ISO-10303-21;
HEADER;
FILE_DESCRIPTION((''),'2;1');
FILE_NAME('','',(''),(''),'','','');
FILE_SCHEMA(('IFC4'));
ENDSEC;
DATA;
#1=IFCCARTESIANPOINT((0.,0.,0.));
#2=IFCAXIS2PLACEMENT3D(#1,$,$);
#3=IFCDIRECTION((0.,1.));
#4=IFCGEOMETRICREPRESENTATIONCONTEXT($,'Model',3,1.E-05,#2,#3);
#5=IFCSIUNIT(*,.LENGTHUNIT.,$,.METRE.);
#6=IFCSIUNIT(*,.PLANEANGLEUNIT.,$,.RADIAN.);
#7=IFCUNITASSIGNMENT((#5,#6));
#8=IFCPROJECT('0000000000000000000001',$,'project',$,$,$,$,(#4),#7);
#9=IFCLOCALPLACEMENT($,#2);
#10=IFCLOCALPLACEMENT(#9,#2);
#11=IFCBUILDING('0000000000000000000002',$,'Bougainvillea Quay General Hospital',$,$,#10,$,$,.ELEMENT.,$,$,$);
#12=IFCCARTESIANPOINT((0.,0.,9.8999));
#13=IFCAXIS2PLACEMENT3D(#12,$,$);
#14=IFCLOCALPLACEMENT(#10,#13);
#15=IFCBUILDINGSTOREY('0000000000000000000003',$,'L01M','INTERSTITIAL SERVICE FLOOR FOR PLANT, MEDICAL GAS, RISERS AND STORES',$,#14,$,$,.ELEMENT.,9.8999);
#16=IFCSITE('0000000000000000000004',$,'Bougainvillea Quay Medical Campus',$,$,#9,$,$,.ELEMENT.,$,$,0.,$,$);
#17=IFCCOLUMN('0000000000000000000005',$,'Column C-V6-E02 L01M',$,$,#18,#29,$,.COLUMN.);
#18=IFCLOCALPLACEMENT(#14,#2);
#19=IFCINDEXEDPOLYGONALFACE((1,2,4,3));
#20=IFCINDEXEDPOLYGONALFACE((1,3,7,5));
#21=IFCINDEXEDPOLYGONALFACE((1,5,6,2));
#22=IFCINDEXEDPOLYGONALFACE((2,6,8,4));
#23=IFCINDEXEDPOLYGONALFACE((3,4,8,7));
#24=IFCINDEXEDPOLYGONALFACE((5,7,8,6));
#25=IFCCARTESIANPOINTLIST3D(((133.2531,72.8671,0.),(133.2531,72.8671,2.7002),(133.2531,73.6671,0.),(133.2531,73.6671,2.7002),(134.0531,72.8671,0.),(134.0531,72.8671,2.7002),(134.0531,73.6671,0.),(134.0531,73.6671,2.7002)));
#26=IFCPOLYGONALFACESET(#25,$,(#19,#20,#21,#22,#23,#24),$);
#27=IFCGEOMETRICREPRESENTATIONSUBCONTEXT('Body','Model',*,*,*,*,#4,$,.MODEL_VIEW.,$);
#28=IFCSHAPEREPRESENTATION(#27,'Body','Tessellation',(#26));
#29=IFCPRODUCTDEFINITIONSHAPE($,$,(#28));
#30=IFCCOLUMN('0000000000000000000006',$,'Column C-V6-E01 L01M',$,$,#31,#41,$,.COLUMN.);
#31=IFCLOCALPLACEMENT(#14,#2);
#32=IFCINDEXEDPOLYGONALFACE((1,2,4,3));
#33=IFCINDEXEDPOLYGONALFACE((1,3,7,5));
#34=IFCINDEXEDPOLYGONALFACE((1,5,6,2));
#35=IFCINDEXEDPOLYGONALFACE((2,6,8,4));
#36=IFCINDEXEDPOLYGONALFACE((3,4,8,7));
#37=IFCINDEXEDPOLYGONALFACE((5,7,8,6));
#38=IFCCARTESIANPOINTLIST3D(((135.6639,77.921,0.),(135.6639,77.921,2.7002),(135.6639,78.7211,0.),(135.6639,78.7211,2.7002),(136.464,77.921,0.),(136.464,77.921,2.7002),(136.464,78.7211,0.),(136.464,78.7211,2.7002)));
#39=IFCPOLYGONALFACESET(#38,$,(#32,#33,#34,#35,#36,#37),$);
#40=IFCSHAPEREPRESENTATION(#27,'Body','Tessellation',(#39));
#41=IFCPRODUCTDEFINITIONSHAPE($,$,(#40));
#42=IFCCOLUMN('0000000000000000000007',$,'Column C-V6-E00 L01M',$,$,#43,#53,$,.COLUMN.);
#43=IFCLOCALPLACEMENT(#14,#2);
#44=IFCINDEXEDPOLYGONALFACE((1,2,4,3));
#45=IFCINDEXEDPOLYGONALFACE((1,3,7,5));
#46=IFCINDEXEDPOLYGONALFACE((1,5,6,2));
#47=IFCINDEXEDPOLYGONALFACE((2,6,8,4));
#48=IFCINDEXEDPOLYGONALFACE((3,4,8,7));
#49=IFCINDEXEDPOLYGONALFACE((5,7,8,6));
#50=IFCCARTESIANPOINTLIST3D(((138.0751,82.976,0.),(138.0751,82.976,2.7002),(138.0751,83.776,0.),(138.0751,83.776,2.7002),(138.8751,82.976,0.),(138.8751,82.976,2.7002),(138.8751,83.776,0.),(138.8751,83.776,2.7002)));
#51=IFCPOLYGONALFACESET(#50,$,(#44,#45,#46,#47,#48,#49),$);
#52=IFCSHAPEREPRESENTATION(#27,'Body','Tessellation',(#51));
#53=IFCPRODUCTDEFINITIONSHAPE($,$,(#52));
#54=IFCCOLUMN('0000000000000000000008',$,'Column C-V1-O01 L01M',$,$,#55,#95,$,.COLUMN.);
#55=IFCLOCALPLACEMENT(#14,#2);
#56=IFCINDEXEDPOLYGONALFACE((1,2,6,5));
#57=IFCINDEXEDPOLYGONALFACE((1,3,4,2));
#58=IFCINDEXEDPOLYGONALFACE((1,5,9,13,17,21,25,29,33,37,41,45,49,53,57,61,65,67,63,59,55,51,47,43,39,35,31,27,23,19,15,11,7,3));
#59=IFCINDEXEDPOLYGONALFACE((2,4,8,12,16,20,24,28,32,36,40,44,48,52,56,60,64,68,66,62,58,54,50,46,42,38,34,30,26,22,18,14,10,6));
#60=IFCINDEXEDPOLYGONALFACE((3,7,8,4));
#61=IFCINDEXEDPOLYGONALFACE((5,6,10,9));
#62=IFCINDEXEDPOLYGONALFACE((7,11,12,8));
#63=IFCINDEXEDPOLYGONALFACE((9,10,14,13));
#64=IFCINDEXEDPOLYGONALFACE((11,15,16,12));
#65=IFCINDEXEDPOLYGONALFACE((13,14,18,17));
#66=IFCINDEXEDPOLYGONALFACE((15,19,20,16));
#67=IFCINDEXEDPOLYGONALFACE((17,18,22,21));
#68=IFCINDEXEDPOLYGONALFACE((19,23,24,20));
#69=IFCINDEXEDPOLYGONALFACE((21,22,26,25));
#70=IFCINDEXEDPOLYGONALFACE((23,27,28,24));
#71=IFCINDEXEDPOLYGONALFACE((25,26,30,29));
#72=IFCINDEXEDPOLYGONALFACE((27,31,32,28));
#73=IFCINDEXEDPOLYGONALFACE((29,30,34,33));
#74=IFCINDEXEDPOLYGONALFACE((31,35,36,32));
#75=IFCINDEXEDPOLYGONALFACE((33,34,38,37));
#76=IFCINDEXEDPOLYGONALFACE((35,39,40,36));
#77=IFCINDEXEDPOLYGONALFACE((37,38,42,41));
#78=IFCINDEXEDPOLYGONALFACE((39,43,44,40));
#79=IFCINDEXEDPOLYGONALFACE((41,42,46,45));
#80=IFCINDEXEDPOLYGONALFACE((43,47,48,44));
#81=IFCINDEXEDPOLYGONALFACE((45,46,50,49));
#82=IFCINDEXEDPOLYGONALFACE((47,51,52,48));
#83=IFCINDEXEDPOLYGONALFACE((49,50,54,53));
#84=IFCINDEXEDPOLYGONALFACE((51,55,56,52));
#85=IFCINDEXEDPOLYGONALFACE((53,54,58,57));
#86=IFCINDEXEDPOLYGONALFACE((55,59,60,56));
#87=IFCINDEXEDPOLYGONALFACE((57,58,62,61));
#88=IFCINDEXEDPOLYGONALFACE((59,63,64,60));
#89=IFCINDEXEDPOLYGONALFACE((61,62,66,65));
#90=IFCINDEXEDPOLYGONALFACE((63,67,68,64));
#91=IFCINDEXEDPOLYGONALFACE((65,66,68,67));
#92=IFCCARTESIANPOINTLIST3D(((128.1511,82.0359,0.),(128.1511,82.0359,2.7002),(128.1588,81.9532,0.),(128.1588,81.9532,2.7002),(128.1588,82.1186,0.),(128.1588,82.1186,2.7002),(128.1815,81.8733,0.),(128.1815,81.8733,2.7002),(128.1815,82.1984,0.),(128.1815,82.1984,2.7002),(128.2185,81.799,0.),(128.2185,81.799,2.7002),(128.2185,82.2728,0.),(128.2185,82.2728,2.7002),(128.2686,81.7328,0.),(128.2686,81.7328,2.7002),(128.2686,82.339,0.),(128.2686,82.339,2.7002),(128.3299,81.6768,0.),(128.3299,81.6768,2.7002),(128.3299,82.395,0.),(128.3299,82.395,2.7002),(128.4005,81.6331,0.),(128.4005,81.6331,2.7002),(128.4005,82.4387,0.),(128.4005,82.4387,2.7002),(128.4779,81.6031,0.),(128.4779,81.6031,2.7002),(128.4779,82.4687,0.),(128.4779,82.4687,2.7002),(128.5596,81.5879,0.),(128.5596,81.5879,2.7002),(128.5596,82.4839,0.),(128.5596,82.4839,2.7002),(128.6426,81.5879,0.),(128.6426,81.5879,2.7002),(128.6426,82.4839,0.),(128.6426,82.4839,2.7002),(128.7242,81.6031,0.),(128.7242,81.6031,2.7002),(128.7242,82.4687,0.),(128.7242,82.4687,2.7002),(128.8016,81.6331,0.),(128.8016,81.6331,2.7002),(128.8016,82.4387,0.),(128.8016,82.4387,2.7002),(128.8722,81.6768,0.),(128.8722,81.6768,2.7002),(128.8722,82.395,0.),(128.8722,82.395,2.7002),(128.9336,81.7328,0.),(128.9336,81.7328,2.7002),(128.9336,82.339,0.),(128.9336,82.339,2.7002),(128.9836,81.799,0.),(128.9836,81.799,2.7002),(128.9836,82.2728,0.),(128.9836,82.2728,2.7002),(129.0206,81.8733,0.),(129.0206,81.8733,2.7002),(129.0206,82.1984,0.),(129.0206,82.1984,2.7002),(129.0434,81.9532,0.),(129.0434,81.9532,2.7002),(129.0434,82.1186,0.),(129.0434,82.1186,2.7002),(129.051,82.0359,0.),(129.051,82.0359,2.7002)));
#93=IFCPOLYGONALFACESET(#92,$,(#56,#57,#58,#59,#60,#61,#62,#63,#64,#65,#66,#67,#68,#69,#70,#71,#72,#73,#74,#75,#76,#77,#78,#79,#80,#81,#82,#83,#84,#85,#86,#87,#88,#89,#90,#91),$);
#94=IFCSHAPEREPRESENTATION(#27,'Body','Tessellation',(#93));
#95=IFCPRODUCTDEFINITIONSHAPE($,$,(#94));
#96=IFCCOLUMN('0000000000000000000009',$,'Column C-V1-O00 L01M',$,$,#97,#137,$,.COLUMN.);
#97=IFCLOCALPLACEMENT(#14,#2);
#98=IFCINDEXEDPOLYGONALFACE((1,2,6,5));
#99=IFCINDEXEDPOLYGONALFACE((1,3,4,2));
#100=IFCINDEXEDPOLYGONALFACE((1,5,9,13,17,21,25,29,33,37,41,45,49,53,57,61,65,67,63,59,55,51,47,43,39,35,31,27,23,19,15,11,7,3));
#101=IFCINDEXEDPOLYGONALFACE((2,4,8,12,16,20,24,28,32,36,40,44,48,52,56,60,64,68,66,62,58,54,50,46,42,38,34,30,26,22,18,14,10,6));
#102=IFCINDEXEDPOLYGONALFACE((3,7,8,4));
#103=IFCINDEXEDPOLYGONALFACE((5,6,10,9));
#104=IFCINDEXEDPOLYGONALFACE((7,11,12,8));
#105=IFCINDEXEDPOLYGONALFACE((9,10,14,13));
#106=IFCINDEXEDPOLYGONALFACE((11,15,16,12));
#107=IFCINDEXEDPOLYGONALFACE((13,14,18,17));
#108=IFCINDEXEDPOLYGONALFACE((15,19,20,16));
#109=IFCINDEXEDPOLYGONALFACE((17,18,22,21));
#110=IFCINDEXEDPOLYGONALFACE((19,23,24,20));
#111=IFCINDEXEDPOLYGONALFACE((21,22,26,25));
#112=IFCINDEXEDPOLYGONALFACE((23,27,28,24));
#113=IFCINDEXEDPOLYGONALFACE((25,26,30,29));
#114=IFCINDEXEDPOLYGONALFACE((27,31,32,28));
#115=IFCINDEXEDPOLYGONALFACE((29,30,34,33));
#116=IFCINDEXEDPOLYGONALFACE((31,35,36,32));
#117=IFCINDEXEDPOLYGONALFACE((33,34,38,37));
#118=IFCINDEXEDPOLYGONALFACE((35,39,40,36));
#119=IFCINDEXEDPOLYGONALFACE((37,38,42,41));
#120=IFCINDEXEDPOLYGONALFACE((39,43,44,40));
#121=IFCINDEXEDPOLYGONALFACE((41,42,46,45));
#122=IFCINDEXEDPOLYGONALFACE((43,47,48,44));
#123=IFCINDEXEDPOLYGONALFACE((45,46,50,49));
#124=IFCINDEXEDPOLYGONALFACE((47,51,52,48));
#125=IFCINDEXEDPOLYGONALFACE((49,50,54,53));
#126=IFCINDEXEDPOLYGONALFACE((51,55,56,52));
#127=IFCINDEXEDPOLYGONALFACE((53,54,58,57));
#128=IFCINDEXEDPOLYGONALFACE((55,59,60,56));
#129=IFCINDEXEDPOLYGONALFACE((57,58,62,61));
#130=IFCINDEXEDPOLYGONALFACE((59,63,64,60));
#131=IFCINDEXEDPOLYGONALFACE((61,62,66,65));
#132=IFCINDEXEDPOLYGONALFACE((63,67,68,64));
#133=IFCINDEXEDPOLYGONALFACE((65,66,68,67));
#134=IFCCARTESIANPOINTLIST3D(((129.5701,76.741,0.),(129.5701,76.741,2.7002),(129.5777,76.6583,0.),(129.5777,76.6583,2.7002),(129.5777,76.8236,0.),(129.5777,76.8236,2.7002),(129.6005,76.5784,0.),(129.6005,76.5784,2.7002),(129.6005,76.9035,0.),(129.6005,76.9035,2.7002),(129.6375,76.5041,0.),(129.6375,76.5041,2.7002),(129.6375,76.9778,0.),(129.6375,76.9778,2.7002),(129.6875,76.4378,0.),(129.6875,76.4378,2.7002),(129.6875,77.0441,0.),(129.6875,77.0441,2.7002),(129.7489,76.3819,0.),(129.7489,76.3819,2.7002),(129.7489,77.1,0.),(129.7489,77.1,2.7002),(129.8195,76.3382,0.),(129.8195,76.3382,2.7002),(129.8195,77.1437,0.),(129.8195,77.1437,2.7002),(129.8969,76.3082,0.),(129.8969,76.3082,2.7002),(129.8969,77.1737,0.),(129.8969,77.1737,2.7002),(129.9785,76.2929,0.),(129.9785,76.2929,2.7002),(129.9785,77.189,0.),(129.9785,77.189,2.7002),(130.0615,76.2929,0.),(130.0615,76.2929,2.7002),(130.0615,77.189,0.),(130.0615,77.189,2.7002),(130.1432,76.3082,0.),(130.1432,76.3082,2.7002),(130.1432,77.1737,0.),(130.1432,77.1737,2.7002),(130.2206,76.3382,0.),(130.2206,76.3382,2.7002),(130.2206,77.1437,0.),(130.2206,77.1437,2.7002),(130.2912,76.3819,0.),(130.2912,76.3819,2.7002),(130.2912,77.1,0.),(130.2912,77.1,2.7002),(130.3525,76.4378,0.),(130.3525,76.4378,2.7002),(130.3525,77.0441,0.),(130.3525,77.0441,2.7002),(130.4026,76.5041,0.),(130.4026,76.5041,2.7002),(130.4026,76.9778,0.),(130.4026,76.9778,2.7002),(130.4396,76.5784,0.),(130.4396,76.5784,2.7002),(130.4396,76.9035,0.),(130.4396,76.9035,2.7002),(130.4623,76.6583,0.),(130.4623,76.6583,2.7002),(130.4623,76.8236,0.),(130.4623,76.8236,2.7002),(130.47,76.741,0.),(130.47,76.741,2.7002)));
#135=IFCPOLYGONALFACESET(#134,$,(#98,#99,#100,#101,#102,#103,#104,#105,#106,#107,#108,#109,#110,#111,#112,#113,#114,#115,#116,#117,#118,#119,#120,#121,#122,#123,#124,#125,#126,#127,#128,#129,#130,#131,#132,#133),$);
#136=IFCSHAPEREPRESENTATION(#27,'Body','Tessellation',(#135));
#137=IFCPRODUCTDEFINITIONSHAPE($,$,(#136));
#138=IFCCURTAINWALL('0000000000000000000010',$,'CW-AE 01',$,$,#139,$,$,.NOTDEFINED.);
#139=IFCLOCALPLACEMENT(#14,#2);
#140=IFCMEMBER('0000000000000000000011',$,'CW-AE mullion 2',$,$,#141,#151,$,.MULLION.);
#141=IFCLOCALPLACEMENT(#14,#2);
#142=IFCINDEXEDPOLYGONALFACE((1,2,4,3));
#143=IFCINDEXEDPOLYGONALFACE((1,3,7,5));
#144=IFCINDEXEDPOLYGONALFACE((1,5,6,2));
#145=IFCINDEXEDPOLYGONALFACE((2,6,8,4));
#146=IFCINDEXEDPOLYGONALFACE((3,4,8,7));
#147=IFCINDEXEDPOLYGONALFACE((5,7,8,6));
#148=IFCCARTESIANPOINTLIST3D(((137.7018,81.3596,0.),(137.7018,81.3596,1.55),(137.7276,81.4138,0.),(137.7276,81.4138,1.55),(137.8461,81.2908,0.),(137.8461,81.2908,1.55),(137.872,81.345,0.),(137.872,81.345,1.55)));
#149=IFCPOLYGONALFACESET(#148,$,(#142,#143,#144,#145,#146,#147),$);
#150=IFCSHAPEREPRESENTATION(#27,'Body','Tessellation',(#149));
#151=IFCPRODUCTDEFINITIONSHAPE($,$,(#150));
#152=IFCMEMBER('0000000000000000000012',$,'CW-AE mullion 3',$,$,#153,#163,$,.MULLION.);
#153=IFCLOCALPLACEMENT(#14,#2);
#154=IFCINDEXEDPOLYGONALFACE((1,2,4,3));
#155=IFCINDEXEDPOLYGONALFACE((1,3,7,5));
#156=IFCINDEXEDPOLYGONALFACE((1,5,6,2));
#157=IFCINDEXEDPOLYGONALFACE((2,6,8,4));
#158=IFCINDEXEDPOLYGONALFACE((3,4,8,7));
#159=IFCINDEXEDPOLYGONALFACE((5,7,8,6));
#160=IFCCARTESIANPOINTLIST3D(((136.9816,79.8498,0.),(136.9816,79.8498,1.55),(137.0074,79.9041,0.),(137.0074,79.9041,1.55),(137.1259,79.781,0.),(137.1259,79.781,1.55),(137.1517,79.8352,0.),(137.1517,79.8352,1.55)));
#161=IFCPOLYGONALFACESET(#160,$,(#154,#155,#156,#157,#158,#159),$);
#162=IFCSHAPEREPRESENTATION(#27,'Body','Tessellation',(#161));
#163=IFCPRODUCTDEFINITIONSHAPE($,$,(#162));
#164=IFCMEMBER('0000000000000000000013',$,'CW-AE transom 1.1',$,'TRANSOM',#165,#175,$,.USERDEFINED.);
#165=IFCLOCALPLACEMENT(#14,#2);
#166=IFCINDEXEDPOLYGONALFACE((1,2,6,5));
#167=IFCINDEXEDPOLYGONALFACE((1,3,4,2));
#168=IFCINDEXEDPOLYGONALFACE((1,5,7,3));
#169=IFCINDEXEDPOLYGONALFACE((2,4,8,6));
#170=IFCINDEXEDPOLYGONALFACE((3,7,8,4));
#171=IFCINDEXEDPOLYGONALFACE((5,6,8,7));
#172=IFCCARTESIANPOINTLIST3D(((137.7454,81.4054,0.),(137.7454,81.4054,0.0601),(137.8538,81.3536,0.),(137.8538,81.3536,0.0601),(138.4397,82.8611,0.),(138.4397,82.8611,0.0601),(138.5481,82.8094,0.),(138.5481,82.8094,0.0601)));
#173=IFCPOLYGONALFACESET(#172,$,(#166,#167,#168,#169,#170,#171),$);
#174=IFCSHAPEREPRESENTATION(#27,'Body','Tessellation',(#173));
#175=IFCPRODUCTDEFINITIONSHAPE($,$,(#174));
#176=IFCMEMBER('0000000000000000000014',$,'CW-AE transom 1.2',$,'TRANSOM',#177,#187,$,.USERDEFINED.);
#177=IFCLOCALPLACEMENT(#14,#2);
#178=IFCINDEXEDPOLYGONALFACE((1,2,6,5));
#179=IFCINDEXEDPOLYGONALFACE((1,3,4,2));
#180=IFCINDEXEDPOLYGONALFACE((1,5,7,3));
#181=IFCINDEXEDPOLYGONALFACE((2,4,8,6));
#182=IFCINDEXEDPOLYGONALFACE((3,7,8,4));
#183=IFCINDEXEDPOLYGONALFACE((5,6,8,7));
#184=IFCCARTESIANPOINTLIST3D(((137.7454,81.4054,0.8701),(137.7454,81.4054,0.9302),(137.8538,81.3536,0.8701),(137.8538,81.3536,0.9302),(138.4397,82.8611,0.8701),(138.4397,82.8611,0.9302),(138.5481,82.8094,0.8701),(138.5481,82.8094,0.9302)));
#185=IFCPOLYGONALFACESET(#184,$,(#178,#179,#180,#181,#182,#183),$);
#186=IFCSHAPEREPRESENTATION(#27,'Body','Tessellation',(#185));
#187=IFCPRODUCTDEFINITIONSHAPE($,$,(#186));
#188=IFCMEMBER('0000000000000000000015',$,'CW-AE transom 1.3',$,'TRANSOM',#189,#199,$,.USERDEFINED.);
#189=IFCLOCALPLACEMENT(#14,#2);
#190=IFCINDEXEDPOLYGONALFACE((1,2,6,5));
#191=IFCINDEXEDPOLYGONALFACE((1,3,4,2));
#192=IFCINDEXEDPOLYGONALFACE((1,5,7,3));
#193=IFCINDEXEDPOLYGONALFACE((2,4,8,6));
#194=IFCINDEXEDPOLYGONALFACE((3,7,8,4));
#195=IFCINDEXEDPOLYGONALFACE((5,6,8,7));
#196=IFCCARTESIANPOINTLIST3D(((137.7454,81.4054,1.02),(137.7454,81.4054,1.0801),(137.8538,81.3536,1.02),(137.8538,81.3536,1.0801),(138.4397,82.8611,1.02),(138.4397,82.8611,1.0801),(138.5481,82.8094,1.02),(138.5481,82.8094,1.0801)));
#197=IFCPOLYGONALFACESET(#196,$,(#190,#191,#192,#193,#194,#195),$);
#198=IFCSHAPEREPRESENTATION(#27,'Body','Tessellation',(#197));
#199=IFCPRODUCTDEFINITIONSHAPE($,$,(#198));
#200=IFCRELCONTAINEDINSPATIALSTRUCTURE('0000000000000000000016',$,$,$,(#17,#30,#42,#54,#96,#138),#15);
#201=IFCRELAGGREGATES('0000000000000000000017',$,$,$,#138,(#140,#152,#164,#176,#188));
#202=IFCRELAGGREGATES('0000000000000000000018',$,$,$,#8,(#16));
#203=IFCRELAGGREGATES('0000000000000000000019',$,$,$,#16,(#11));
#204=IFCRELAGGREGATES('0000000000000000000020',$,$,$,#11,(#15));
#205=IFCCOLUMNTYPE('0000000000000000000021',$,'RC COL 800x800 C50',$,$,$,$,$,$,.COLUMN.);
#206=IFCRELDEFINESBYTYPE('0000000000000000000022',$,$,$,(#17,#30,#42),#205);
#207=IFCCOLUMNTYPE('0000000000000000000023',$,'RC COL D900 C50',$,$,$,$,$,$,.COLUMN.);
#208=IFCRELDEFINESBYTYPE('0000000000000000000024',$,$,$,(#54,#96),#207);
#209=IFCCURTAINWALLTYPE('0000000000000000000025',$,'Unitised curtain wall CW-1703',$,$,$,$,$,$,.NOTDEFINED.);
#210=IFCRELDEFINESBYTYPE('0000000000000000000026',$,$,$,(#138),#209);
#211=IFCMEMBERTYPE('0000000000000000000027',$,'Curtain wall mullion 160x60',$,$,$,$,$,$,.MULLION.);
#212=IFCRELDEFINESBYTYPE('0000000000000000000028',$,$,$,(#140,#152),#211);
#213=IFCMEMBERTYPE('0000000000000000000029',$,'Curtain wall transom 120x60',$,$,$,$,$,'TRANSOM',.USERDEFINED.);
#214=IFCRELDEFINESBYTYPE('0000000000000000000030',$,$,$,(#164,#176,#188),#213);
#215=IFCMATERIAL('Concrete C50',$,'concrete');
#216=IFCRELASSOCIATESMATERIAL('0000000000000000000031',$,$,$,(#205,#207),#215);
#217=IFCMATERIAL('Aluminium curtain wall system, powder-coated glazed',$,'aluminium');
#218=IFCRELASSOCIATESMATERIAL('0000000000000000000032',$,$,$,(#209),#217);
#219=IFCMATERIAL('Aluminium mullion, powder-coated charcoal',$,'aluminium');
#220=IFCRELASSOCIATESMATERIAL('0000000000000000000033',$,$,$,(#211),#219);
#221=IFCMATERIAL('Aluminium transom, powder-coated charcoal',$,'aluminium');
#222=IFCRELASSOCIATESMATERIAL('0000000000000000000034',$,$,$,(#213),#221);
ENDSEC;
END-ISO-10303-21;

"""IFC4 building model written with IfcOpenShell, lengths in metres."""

from ifc_helpers import new_model, si_unit, direction, frame, origin, origin_2d, place, context, subcontext, project, spatial, rectangle, circle, extrude, material, material_profile, profile_set, type_object, element, aggregate, save


model = new_model("IFC4")

# Units and contexts
model_context = context("Model", 3, precision=1e-05, world=origin(), true_north=direction((0.0, 1.0)))
body_context = subcontext(model_context, "Body", "Model", "MODEL_VIEW")
ifc_project = project(units=[si_unit("LENGTHUNIT", "METRE"), si_unit("PLANEANGLEUNIT", "RADIAN")], contexts=[model_context])

# Site, building, storey
site_placement = place(None, origin())
site = spatial("IfcSite", under=ifc_project, at=site_placement, Name="Bougainvillea Quay Medical Campus", CompositionType="ELEMENT", RefElevation=0.0)
building_placement = place(site_placement, origin())
building = spatial("IfcBuilding", under=site, at=building_placement, Name="Bougainvillea Quay General Hospital", CompositionType="ELEMENT")
storey_placement = place(building_placement, frame((0.0, 0.0, 9.8999)))
storey = spatial("IfcBuildingStorey", under=building, at=storey_placement, Name="L01M", Description="INTERSTITIAL SERVICE FLOOR FOR PLANT, MEDICAL GAS, RISERS AND STORES", CompositionType="ELEMENT", Elevation=9.8999)

# Columns
ifc_material_1 = material(Name="Concrete C50", Category="concrete")
ifc_material_profile_1 = material_profile(ifc_material_1, rectangle(XDim=0.8, YDim=0.8, at=origin_2d()))
ifc_profile_set_1 = profile_set([ifc_material_profile_1], Name="Concrete C50")
column_type_1 = type_object("IfcColumnType", Name="RC COL 800x800 C50", PredefinedType="COLUMN", material=ifc_profile_set_1)
for number, where, z_axis, x_axis, name in (
    (1, (133.6531, 73.2671, 0.0), (0.0, 0.0, 1.0), (1.0, 0.0, 0.0), "Column C-V6-E02 L01M"),
    (2, (136.064, 78.321, 0.0), (0.0, 0.0, 1.0), (1.0, 0.0, 0.0), "Column C-V6-E01 L01M"),
    (3, (138.4751, 83.376, 0.0), (0.0, 0.0, 1.0), (1.0, 0.0, 0.0), "Column C-V6-E00 L01M"),
):
    element("IfcColumn", number, at=place(storey_placement, frame(where, z_axis=z_axis, x_axis=x_axis)), inside=storey, type_object=column_type_1, Name=name, PredefinedType="COLUMN", context=body_context, shape_type="SweptSolid", body=[
        extrude(rectangle(XDim=0.8, YDim=0.8, at=origin_2d()), origin(), (0.0, 0.0, 1.0), 2.7002),
    ])
ifc_material_profile_2 = material_profile(ifc_material_1, circle(Radius=0.45, at=origin_2d()))
ifc_profile_set_2 = profile_set([ifc_material_profile_2], Name="Concrete C50")
column_type_2 = type_object("IfcColumnType", Name="RC COL D900 C50", PredefinedType="COLUMN", material=ifc_profile_set_2)
for number, where, z_axis, x_axis, name in (
    (4, (128.6011, 82.0359, 0.0), (0.0, 0.0, 1.0), (1.0, 0.0, 0.0), "Column C-V1-O01 L01M"),
    (5, (130.02, 76.741, 0.0), (0.0, 0.0, 1.0), (1.0, 0.0, 0.0), "Column C-V1-O00 L01M"),
):
    element("IfcColumn", number, at=place(storey_placement, frame(where, z_axis=z_axis, x_axis=x_axis)), inside=storey, type_object=column_type_2, Name=name, PredefinedType="COLUMN", context=body_context, shape_type="SweptSolid", body=[
        extrude(circle(Radius=0.45, at=origin_2d()), origin(), (0.0, 0.0, 1.0), 2.7002),
    ])

# Curtain wall, members
ifc_material_2 = material(Name="Aluminium curtain wall system, powder-coated glazed", Category="aluminium")
curtain_wall_type = type_object("IfcCurtainWallType", Name="Unitised curtain wall CW-1703", PredefinedType="NOTDEFINED", material=ifc_material_2)
curtain_wall_placement = place(storey_placement, origin())
curtain_wall = element("IfcCurtainWall", 6, at=curtain_wall_placement, inside=storey, type_object=curtain_wall_type, Name="CW-AE 01", PredefinedType="NOTDEFINED")
ifc_material_3 = material(Name="Aluminium mullion, powder-coated charcoal", Category="aluminium")
ifc_material_profile_3 = material_profile(ifc_material_3, rectangle(XDim=0.1599, YDim=0.0601, at=origin_2d()))
ifc_profile_set_3 = profile_set([ifc_material_profile_3], Name="Aluminium mullion, powder-coated charcoal")
member_type_1 = type_object("IfcMemberType", Name="Curtain wall mullion 160x60", PredefinedType="MULLION", material=ifc_profile_set_3)
member_1_placement = place(storey_placement, frame((137.7869, 81.3523, 0.0), z_axis=(0.0, 0.0, 1.0), x_axis=(0.902578, -0.430525, 0.0)))
member_1 = element("IfcMember", 7, at=member_1_placement, type_object=member_type_1, Name="CW-AE mullion 2", PredefinedType="MULLION", context=body_context, shape_type="SweptSolid", body=[
    extrude(rectangle(XDim=0.1599, YDim=0.0601, at=origin_2d()), origin(), (0.0, 0.0, 1.0), 1.55),
])
member_2_placement = place(storey_placement, frame((137.0667, 79.8425, 0.0), z_axis=(0.0, 0.0, 1.0), x_axis=(0.902578, -0.430525, 0.0)))
member_2 = element("IfcMember", 8, at=member_2_placement, type_object=member_type_1, Name="CW-AE mullion 3", PredefinedType="MULLION", context=body_context, shape_type="SweptSolid", body=[
    extrude(rectangle(XDim=0.1599, YDim=0.0601, at=origin_2d()), origin(), (0.0, 0.0, 1.0), 1.55),
])
ifc_material_4 = material(Name="Aluminium transom, powder-coated charcoal", Category="aluminium")
ifc_material_profile_4 = material_profile(ifc_material_4, rectangle(XDim=0.1201, YDim=0.0601, at=origin_2d()))
ifc_profile_set_4 = profile_set([ifc_material_profile_4], Name="Aluminium transom, powder-coated charcoal")
member_type_2 = type_object("IfcMemberType", Name="Curtain wall transom 120x60", ElementType="TRANSOM", PredefinedType="USERDEFINED", material=ifc_profile_set_4)
member_3_placement = place(storey_placement, frame((138.4939, 82.8352, 0.03), z_axis=(-0.430486, -0.902597, 0.0), x_axis=(0.902597, -0.430486, 0.0)))
member_3 = element("IfcMember", 9, at=member_3_placement, type_object=member_type_2, Name="CW-AE transom 1.1", ObjectType="TRANSOM", PredefinedType="USERDEFINED", context=body_context, shape_type="SweptSolid", body=[
    extrude(rectangle(XDim=0.1201, YDim=0.0601, at=origin_2d()), origin(), (0.0, 0.0, 1.0), 1.6128),
])
member_4_placement = place(storey_placement, frame((138.4939, 82.8352, 0.9001), z_axis=(-0.430486, -0.902597, 0.0), x_axis=(0.902597, -0.430486, 0.0)))
member_4 = element("IfcMember", 10, at=member_4_placement, type_object=member_type_2, Name="CW-AE transom 1.2", ObjectType="TRANSOM", PredefinedType="USERDEFINED", context=body_context, shape_type="SweptSolid", body=[
    extrude(rectangle(XDim=0.1201, YDim=0.0601, at=origin_2d()), origin(), (0.0, 0.0, 1.0), 1.6128),
])
member_5_placement = place(storey_placement, frame((138.4939, 82.8352, 1.05), z_axis=(-0.430486, -0.902597, 0.0), x_axis=(0.902597, -0.430486, 0.0)))
member_5 = element("IfcMember", 11, at=member_5_placement, type_object=member_type_2, Name="CW-AE transom 1.3", ObjectType="TRANSOM", PredefinedType="USERDEFINED", context=body_context, shape_type="SweptSolid", body=[
    extrude(rectangle(XDim=0.1201, YDim=0.0601, at=origin_2d()), origin(), (0.0, 0.0, 1.0), 1.6128),
])
aggregate(curtain_wall, [member_1, member_2, member_3, member_4, member_5])

save(model, "model.ifc")
